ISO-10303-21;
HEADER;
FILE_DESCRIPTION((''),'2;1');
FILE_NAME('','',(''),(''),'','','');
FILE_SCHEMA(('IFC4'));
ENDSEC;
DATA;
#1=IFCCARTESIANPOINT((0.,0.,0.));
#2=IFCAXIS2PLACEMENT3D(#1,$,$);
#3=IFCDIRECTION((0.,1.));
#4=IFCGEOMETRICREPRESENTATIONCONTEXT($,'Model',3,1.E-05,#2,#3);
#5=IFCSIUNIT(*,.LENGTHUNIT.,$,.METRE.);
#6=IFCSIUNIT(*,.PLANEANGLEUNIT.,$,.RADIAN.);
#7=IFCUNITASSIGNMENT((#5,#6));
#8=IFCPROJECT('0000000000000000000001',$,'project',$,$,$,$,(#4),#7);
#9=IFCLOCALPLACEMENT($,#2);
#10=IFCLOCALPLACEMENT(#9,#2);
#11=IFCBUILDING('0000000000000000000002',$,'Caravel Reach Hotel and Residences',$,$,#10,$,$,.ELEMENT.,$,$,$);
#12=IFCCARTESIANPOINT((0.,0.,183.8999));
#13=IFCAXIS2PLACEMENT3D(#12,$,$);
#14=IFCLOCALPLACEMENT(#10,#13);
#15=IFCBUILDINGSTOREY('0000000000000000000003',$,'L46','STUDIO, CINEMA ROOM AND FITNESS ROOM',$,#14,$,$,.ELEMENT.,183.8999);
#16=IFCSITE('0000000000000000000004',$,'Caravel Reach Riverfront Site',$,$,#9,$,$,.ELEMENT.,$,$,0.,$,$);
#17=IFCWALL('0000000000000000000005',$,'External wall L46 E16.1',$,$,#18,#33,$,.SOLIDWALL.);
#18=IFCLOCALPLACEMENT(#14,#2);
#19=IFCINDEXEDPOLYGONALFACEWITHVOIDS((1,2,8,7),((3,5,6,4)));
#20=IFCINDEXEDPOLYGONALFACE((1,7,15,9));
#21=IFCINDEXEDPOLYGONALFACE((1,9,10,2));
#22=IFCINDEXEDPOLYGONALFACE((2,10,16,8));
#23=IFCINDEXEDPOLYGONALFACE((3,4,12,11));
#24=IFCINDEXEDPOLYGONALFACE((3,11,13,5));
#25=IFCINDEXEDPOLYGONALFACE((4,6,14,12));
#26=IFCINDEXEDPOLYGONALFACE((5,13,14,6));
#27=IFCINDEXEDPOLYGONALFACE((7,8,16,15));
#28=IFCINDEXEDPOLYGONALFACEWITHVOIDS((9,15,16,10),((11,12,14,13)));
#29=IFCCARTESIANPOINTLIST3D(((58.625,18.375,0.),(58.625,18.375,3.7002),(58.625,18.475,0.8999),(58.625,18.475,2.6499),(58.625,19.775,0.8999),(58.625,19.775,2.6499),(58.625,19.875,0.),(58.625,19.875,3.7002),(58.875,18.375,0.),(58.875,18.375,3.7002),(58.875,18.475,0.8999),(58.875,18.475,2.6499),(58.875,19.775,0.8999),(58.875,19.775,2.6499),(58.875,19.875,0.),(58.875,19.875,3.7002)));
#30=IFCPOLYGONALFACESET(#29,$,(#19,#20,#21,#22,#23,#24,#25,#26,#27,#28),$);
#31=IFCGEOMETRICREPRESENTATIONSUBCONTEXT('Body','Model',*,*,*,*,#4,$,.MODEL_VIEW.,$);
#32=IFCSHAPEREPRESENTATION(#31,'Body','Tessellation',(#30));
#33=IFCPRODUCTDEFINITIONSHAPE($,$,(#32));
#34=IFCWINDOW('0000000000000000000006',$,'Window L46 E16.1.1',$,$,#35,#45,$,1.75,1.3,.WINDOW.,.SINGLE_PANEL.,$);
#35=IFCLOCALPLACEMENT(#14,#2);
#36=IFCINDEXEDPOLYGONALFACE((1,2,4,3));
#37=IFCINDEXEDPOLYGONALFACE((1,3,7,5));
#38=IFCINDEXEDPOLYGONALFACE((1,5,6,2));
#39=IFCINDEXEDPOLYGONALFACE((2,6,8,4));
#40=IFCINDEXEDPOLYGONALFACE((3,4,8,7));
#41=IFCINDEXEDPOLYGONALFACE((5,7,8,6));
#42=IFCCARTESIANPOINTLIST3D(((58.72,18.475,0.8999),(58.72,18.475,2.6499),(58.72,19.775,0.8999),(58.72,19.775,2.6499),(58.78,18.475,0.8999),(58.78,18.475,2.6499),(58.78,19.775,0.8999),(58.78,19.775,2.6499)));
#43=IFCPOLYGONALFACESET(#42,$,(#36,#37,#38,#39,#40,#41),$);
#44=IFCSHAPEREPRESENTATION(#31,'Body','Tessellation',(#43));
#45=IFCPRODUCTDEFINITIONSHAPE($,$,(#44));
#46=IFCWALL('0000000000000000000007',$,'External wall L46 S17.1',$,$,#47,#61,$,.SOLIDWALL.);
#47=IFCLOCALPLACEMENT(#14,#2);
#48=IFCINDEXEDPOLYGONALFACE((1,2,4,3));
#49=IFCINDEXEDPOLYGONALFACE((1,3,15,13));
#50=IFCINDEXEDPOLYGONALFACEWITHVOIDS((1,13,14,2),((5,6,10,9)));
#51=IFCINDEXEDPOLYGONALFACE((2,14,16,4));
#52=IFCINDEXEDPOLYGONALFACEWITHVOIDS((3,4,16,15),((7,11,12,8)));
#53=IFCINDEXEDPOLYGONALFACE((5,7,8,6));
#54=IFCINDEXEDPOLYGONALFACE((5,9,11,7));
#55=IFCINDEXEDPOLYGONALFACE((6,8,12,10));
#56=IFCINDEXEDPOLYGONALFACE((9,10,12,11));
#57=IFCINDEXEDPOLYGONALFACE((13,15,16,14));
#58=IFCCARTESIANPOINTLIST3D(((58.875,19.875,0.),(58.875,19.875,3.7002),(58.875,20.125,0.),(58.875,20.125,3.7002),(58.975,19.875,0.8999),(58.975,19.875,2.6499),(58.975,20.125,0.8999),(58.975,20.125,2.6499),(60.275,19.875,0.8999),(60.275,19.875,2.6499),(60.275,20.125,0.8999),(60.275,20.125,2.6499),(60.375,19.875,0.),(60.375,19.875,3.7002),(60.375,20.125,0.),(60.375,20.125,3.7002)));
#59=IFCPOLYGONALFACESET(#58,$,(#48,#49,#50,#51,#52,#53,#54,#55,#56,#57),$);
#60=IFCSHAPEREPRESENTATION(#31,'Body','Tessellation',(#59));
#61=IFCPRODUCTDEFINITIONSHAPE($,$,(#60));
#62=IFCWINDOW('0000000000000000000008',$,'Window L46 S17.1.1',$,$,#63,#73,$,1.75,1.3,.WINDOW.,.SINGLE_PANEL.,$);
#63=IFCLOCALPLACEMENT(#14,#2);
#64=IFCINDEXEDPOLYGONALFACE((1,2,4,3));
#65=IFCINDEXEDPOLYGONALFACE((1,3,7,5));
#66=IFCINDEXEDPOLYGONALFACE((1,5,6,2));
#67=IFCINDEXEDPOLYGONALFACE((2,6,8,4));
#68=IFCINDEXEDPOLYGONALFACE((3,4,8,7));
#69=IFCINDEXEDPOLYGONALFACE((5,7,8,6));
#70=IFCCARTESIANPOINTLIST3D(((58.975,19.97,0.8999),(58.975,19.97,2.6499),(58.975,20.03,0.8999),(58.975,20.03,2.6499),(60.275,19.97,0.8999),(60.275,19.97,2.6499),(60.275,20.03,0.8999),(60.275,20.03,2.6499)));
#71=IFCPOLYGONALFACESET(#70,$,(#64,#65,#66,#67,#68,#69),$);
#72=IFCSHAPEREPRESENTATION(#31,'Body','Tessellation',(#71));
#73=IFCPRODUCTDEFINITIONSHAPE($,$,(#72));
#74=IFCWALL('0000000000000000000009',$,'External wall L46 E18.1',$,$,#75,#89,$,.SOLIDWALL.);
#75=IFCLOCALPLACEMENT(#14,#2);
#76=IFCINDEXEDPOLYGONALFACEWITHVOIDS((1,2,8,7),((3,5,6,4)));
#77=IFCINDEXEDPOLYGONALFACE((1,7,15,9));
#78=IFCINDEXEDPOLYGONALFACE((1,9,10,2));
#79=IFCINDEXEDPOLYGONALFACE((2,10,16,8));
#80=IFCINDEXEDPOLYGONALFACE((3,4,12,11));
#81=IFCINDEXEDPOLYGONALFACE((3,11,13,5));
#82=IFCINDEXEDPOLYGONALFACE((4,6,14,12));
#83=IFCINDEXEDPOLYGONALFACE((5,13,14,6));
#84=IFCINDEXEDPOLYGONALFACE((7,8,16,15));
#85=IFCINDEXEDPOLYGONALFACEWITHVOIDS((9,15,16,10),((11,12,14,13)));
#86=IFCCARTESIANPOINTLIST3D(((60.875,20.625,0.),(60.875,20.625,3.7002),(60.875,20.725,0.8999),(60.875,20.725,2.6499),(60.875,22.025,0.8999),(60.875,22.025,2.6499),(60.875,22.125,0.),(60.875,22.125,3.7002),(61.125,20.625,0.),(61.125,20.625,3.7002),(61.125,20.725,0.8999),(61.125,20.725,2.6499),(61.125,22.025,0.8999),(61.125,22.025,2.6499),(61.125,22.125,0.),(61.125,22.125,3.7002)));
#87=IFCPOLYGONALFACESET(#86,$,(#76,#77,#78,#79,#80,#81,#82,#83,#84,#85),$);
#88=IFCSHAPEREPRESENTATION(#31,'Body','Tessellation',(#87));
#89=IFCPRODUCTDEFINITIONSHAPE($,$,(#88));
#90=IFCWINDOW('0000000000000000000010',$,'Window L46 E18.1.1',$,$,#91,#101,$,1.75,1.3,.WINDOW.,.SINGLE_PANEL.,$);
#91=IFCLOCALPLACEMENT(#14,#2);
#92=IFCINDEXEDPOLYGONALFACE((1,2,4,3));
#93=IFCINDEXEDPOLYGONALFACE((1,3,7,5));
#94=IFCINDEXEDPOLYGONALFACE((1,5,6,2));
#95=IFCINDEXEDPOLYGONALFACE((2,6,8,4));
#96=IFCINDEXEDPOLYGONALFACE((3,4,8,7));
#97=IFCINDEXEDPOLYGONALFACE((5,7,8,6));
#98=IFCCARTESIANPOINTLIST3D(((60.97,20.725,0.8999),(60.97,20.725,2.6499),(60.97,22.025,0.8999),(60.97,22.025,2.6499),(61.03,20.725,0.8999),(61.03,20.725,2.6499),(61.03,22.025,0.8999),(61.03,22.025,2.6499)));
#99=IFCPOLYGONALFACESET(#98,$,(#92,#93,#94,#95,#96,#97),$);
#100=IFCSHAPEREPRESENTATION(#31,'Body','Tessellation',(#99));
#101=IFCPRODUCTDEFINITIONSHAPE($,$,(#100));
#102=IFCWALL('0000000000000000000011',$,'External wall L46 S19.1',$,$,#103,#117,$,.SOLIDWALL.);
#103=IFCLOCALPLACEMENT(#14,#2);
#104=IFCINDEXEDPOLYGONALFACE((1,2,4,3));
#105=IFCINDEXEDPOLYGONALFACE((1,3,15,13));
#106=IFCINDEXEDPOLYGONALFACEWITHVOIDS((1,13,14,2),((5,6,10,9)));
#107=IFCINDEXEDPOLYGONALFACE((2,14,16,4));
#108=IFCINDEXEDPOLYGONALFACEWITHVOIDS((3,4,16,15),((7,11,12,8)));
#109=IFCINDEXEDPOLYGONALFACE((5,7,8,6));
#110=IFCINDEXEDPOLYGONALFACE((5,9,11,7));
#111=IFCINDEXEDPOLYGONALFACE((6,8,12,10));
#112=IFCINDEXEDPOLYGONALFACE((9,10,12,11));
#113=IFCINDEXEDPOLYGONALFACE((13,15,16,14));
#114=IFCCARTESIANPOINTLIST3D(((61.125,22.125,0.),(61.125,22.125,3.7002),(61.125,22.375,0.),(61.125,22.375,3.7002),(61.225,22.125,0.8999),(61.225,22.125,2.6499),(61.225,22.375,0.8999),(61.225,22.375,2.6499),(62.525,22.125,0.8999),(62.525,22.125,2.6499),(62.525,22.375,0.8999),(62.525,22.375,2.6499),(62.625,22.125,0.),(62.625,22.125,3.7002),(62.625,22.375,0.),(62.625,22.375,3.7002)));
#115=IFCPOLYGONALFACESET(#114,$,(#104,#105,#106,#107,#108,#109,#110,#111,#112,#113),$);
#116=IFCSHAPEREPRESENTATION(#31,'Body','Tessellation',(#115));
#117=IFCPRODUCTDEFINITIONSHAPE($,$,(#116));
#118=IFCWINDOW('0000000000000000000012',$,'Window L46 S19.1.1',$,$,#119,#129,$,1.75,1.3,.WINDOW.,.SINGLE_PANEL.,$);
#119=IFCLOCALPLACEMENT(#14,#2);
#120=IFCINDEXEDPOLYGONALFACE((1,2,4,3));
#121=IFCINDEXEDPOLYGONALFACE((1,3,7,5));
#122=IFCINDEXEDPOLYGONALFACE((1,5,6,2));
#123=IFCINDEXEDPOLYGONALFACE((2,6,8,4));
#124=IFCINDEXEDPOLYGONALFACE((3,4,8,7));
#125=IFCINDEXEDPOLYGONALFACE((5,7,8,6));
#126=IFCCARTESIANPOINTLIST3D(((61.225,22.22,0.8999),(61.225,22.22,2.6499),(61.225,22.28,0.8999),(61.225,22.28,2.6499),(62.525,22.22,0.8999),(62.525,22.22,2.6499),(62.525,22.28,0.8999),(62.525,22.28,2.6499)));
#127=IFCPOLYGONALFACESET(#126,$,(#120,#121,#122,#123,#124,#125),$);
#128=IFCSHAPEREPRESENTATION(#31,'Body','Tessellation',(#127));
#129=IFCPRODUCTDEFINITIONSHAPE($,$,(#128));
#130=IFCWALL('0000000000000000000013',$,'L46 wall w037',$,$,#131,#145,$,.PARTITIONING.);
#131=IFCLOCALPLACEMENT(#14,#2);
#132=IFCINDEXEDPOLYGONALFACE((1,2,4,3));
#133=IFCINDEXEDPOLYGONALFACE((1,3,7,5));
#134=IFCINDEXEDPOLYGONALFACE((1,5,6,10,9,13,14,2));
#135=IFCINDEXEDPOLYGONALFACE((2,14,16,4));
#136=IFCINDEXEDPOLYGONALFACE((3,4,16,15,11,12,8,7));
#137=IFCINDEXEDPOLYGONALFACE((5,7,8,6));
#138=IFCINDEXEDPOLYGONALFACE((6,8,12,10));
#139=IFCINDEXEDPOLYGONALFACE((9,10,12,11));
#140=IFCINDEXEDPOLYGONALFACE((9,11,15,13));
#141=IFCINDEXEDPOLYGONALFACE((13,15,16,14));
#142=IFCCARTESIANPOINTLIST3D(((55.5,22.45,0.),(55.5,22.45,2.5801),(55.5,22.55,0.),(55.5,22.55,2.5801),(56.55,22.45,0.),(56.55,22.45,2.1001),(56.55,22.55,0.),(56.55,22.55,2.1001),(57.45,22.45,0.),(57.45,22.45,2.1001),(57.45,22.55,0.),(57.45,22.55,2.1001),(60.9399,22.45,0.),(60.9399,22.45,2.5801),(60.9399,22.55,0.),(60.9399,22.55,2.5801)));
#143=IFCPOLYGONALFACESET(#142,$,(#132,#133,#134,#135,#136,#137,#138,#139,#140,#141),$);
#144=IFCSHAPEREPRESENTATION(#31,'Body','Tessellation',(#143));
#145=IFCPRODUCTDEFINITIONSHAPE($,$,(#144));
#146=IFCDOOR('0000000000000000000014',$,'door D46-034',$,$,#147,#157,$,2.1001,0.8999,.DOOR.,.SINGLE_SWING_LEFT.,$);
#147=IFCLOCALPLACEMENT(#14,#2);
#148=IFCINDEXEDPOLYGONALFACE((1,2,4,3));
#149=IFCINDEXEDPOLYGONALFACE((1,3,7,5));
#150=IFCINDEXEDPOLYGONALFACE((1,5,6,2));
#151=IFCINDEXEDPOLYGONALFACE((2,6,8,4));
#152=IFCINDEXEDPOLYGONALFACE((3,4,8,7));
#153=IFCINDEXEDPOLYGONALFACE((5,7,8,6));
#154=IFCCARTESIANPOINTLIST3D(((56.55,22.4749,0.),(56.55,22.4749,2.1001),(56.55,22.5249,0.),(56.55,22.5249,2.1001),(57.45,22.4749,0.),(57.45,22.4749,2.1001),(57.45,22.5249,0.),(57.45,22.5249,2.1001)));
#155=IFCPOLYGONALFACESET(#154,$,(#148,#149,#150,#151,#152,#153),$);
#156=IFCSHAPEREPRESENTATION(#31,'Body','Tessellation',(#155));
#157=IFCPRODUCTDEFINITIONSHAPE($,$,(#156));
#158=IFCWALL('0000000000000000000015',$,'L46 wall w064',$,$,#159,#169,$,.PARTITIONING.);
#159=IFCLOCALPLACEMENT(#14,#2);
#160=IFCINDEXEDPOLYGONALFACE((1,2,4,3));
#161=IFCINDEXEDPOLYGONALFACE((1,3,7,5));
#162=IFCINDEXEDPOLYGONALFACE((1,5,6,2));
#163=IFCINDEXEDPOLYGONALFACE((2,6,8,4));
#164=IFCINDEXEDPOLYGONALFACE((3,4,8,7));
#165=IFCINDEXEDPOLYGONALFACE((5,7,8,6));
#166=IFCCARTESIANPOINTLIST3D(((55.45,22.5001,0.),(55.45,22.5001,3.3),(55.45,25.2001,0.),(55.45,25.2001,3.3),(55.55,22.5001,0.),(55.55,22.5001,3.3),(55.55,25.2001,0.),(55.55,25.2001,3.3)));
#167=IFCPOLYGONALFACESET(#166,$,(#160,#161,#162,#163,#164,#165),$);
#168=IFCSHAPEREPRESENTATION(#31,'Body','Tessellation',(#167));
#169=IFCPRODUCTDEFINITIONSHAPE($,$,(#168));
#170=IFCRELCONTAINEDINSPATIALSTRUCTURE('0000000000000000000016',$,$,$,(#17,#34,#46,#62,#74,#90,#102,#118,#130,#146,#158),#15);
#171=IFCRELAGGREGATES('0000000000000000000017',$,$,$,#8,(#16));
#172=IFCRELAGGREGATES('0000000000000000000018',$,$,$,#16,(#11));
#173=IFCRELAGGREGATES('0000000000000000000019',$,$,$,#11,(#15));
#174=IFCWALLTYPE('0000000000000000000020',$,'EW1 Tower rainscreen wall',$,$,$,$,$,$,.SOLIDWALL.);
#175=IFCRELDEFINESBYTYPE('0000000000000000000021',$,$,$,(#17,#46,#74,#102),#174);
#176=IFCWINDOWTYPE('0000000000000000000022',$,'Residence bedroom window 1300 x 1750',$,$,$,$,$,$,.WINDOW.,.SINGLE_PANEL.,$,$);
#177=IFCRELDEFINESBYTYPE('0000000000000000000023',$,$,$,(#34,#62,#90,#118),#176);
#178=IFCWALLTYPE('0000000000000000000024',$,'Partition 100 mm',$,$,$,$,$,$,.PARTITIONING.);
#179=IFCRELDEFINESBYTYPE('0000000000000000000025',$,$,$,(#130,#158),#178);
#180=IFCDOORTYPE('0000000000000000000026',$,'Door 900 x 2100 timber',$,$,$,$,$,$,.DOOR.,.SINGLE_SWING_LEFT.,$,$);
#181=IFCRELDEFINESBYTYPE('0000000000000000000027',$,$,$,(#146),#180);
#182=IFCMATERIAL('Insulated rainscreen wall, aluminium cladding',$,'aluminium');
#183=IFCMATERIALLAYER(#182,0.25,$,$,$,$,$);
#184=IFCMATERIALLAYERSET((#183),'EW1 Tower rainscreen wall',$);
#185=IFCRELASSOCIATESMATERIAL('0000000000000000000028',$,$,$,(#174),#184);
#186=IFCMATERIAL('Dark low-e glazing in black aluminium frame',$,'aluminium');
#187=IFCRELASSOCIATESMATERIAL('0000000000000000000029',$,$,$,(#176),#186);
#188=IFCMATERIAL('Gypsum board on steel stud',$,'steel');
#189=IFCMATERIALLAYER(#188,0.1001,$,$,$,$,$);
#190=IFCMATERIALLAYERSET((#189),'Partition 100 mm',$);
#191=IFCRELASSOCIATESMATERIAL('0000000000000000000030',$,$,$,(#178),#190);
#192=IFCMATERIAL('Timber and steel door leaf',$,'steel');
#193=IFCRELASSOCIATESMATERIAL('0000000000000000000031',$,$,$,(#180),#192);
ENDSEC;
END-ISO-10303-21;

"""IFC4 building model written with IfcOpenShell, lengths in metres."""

from ifc_helpers import new_model, si_unit, direction, frame, frame_2d, origin, place, context, subcontext, project, spatial, rectangle, extrude, material, layer, layer_set, type_object, element, fill, save


model = new_model("IFC4")

# Units and contexts
model_context = context("Model", 3, precision=1e-05, world=origin(), true_north=direction((0.0, 1.0)))
body_context = subcontext(model_context, "Body", "Model", "MODEL_VIEW")
ifc_project = project(units=[si_unit("LENGTHUNIT", "METRE"), si_unit("PLANEANGLEUNIT", "RADIAN")], contexts=[model_context])

# Site, building, storey
site_placement = place(None, origin())
site = spatial("IfcSite", under=ifc_project, at=site_placement, Name="Caravel Reach Riverfront Site", CompositionType="ELEMENT", RefElevation=0.0)
building_placement = place(site_placement, origin())
building = spatial("IfcBuilding", under=site, at=building_placement, Name="Caravel Reach Hotel and Residences", CompositionType="ELEMENT")
storey_placement = place(building_placement, frame((0.0, 0.0, 183.8999)))
storey = spatial("IfcBuildingStorey", under=building, at=storey_placement, Name="L46", Description="STUDIO, CINEMA ROOM AND FITNESS ROOM", CompositionType="ELEMENT", Elevation=183.8999)

# Shared definitions
ifc_material_1 = material(Name="Insulated rainscreen wall, aluminium cladding", Category="aluminium")
ifc_layer_1 = layer(ifc_material_1, 0.25)
ifc_layer_set_1 = layer_set([ifc_layer_1], Name="EW1 Tower rainscreen wall")
wall_type_1 = type_object("IfcWallType", Name="EW1 Tower rainscreen wall", PredefinedType="SOLIDWALL", material=ifc_layer_set_1)

# Walls, openings, windows
wall_1_placement = place(storey_placement, frame((58.75, 18.375, 0.0), z_axis=(0.0, 0.0, 1.0), x_axis=(0.0, 1.0, 0.0)))
wall_1 = element("IfcWall", 1, at=wall_1_placement, inside=storey, type_object=wall_type_1, Name="External wall L46 E16.1", PredefinedType="SOLIDWALL", context=body_context, shape_type="SweptSolid", body=[
    extrude(rectangle(XDim=1.5, YDim=0.25, at=frame_2d((0.75, 0.0))), origin(), (0.0, 0.0, 1.0), 3.7002),
])
opening_1_placement = place(wall_1_placement, frame((0.1001, 0.0, 0.8999)))
opening_1 = element("IfcOpeningElement", 2, at=opening_1_placement, cuts=wall_1, PredefinedType="OPENING", context=body_context, shape_type="SweptSolid", body=[
    extrude(rectangle(XDim=1.3, YDim=1.75, at=frame_2d((0.6499, 0.875))), frame((0.0, 0.135, 0.0), z_axis=(0.0, -1.0, 0.0), x_axis=(1.0, 0.0, 0.0)), (0.0, 0.0, 1.0), 0.27),
])
ifc_material_2 = material(Name="Dark low-e glazing in black aluminium frame", Category="aluminium")
window_type_1 = type_object("IfcWindowType", Name="Residence bedroom window 1300 x 1750", PartitioningType="SINGLE_PANEL", PredefinedType="WINDOW", material=ifc_material_2)
window_1_placement = place(opening_1_placement, origin())
window_1 = element("IfcWindow", 3, at=window_1_placement, inside=storey, type_object=window_type_1, Name="Window L46 E16.1.1", OverallHeight=1.75, OverallWidth=1.3, PartitioningType="SINGLE_PANEL", PredefinedType="WINDOW", context=body_context, shape_type="SweptSolid", body=[
    extrude(rectangle(XDim=1.3, YDim=1.75, at=frame_2d((0.6499, 0.875))), frame((0.0, 0.03, 0.0), z_axis=(0.0, -1.0, 0.0), x_axis=(1.0, 0.0, 0.0)), (0.0, 0.0, 1.0), 0.0601),
])
fill(opening_1, window_1)
wall_2_placement = place(storey_placement, frame((58.875, 20.0, 0.0), z_axis=(0.0, 0.0, 1.0), x_axis=(1.0, 0.0, 0.0)))
wall_2 = element("IfcWall", 4, at=wall_2_placement, inside=storey, type_object=wall_type_1, Name="External wall L46 S17.1", PredefinedType="SOLIDWALL", context=body_context, shape_type="SweptSolid", body=[
    extrude(rectangle(XDim=1.5, YDim=0.25, at=frame_2d((0.75, 0.0))), origin(), (0.0, 0.0, 1.0), 3.7002),
])
opening_2_placement = place(wall_2_placement, frame((0.1001, 0.0, 0.8999)))
opening_2 = element("IfcOpeningElement", 5, at=opening_2_placement, cuts=wall_2, PredefinedType="OPENING", context=body_context, shape_type="SweptSolid", body=[
    extrude(rectangle(XDim=1.3, YDim=1.75, at=frame_2d((0.6499, 0.875))), frame((0.0, 0.135, 0.0), z_axis=(0.0, -1.0, 0.0), x_axis=(1.0, 0.0, 0.0)), (0.0, 0.0, 1.0), 0.27),
])
window_2_placement = place(opening_2_placement, origin())
window_2 = element("IfcWindow", 6, at=window_2_placement, inside=storey, type_object=window_type_1, Name="Window L46 S17.1.1", OverallHeight=1.75, OverallWidth=1.3, PartitioningType="SINGLE_PANEL", PredefinedType="WINDOW", context=body_context, shape_type="SweptSolid", body=[
    extrude(rectangle(XDim=1.3, YDim=1.75, at=frame_2d((0.6499, 0.875))), frame((0.0, 0.03, 0.0), z_axis=(0.0, -1.0, 0.0), x_axis=(1.0, 0.0, 0.0)), (0.0, 0.0, 1.0), 0.0601),
])
fill(opening_2, window_2)
wall_3_placement = place(storey_placement, frame((61.0, 20.625, 0.0), z_axis=(0.0, 0.0, 1.0), x_axis=(0.0, 1.0, 0.0)))
wall_3 = element("IfcWall", 7, at=wall_3_placement, inside=storey, type_object=wall_type_1, Name="External wall L46 E18.1", PredefinedType="SOLIDWALL", context=body_context, shape_type="SweptSolid", body=[
    extrude(rectangle(XDim=1.5, YDim=0.25, at=frame_2d((0.75, 0.0))), origin(), (0.0, 0.0, 1.0), 3.7002),
])
opening_3_placement = place(wall_3_placement, frame((0.1001, 0.0, 0.8999)))
opening_3 = element("IfcOpeningElement", 8, at=opening_3_placement, cuts=wall_3, PredefinedType="OPENING", context=body_context, shape_type="SweptSolid", body=[
    extrude(rectangle(XDim=1.3, YDim=1.75, at=frame_2d((0.6499, 0.875))), frame((0.0, 0.135, 0.0), z_axis=(0.0, -1.0, 0.0), x_axis=(1.0, 0.0, 0.0)), (0.0, 0.0, 1.0), 0.27),
])
window_3_placement = place(opening_3_placement, origin())
window_3 = element("IfcWindow", 9, at=window_3_placement, inside=storey, type_object=window_type_1, Name="Window L46 E18.1.1", OverallHeight=1.75, OverallWidth=1.3, PartitioningType="SINGLE_PANEL", PredefinedType="WINDOW", context=body_context, shape_type="SweptSolid", body=[
    extrude(rectangle(XDim=1.3, YDim=1.75, at=frame_2d((0.6499, 0.875))), frame((0.0, 0.03, 0.0), z_axis=(0.0, -1.0, 0.0), x_axis=(1.0, 0.0, 0.0)), (0.0, 0.0, 1.0), 0.0601),
])
fill(opening_3, window_3)
wall_4_placement = place(storey_placement, frame((61.125, 22.25, 0.0), z_axis=(0.0, 0.0, 1.0), x_axis=(1.0, 0.0, 0.0)))
wall_4 = element("IfcWall", 10, at=wall_4_placement, inside=storey, type_object=wall_type_1, Name="External wall L46 S19.1", PredefinedType="SOLIDWALL", context=body_context, shape_type="SweptSolid", body=[
    extrude(rectangle(XDim=1.5, YDim=0.25, at=frame_2d((0.75, 0.0))), origin(), (0.0, 0.0, 1.0), 3.7002),
])
opening_4_placement = place(wall_4_placement, frame((0.1001, 0.0, 0.8999)))
opening_4 = element("IfcOpeningElement", 11, at=opening_4_placement, cuts=wall_4, PredefinedType="OPENING", context=body_context, shape_type="SweptSolid", body=[
    extrude(rectangle(XDim=1.3, YDim=1.75, at=frame_2d((0.6499, 0.875))), frame((0.0, 0.135, 0.0), z_axis=(0.0, -1.0, 0.0), x_axis=(1.0, 0.0, 0.0)), (0.0, 0.0, 1.0), 0.27),
])
window_4_placement = place(opening_4_placement, origin())
window_4 = element("IfcWindow", 12, at=window_4_placement, inside=storey, type_object=window_type_1, Name="Window L46 S19.1.1", OverallHeight=1.75, OverallWidth=1.3, PartitioningType="SINGLE_PANEL", PredefinedType="WINDOW", context=body_context, shape_type="SweptSolid", body=[
    extrude(rectangle(XDim=1.3, YDim=1.75, at=frame_2d((0.6499, 0.875))), frame((0.0, 0.03, 0.0), z_axis=(0.0, -1.0, 0.0), x_axis=(1.0, 0.0, 0.0)), (0.0, 0.0, 1.0), 0.0601),
])
fill(opening_4, window_4)

# Wall, opening, door
ifc_material_3 = material(Name="Gypsum board on steel stud", Category="steel")
ifc_layer_2 = layer(ifc_material_3, 0.1001)
ifc_layer_set_2 = layer_set([ifc_layer_2], Name="Partition 100 mm")
wall_type_2 = type_object("IfcWallType", Name="Partition 100 mm", PredefinedType="PARTITIONING", material=ifc_layer_set_2)
wall_5_placement = place(storey_placement, frame((55.5, 22.5, 0.0), z_axis=(0.0, 0.0, 1.0), x_axis=(1.0, 0.0, 0.0)))
wall_5 = element("IfcWall", 13, at=wall_5_placement, inside=storey, type_object=wall_type_2, Name="L46 wall w037", PredefinedType="PARTITIONING", context=body_context, shape_type="SweptSolid", body=[
    extrude(rectangle(XDim=5.4399, YDim=0.1001, at=frame_2d((2.72, 0.0))), origin(), (0.0, 0.0, 1.0), 2.5801),
])
opening_5_placement = place(wall_5_placement, frame((1.05, 0.0, 0.0)))
opening_5 = element("IfcOpeningElement", 14, at=opening_5_placement, cuts=wall_5, PredefinedType="OPENING", context=body_context, shape_type="SweptSolid", body=[
    extrude(rectangle(XDim=0.8999, YDim=2.1001, at=frame_2d((0.45, 1.05))), frame((0.0, 0.0601, 0.0), z_axis=(0.0, -1.0, 0.0), x_axis=(1.0, 0.0, 0.0)), (0.0, 0.0, 1.0), 0.1201),
])
ifc_material_4 = material(Name="Timber and steel door leaf", Category="steel")
door_type_1 = type_object("IfcDoorType", Name="Door 900 x 2100 timber", OperationType="SINGLE_SWING_LEFT", PredefinedType="DOOR", material=ifc_material_4)
door_1_placement = place(opening_5_placement, origin())
door_1 = element("IfcDoor", 15, at=door_1_placement, inside=storey, type_object=door_type_1, Name="door D46-034", OperationType="SINGLE_SWING_LEFT", OverallHeight=2.1001, OverallWidth=0.8999, PredefinedType="DOOR", context=body_context, shape_type="SweptSolid", body=[
    extrude(rectangle(XDim=0.8999, YDim=2.1001, at=frame_2d((0.45, 1.05))), frame((0.0, 0.0249, 0.0), z_axis=(0.0, -1.0, 0.0), x_axis=(1.0, 0.0, 0.0)), (0.0, 0.0, 1.0), 0.05),
])
fill(opening_5, door_1)

# Wall
for number, where, z_axis, x_axis, name in (
    (16, (55.5, 22.5, 0.0), (0.0, 0.0, 1.0), (0.0, 1.0, 0.0), "L46 wall w064"),
):
    element("IfcWall", number, at=place(storey_placement, frame(where, z_axis=z_axis, x_axis=x_axis)), inside=storey, type_object=wall_type_2, Name=name, PredefinedType="PARTITIONING", context=body_context, shape_type="SweptSolid", body=[
        extrude(rectangle(XDim=2.7, YDim=0.1001, at=frame_2d((1.3501, 0.0))), origin(), (0.0, 0.0, 1.0), 3.3),
    ])

save(model, "model.ifc")
